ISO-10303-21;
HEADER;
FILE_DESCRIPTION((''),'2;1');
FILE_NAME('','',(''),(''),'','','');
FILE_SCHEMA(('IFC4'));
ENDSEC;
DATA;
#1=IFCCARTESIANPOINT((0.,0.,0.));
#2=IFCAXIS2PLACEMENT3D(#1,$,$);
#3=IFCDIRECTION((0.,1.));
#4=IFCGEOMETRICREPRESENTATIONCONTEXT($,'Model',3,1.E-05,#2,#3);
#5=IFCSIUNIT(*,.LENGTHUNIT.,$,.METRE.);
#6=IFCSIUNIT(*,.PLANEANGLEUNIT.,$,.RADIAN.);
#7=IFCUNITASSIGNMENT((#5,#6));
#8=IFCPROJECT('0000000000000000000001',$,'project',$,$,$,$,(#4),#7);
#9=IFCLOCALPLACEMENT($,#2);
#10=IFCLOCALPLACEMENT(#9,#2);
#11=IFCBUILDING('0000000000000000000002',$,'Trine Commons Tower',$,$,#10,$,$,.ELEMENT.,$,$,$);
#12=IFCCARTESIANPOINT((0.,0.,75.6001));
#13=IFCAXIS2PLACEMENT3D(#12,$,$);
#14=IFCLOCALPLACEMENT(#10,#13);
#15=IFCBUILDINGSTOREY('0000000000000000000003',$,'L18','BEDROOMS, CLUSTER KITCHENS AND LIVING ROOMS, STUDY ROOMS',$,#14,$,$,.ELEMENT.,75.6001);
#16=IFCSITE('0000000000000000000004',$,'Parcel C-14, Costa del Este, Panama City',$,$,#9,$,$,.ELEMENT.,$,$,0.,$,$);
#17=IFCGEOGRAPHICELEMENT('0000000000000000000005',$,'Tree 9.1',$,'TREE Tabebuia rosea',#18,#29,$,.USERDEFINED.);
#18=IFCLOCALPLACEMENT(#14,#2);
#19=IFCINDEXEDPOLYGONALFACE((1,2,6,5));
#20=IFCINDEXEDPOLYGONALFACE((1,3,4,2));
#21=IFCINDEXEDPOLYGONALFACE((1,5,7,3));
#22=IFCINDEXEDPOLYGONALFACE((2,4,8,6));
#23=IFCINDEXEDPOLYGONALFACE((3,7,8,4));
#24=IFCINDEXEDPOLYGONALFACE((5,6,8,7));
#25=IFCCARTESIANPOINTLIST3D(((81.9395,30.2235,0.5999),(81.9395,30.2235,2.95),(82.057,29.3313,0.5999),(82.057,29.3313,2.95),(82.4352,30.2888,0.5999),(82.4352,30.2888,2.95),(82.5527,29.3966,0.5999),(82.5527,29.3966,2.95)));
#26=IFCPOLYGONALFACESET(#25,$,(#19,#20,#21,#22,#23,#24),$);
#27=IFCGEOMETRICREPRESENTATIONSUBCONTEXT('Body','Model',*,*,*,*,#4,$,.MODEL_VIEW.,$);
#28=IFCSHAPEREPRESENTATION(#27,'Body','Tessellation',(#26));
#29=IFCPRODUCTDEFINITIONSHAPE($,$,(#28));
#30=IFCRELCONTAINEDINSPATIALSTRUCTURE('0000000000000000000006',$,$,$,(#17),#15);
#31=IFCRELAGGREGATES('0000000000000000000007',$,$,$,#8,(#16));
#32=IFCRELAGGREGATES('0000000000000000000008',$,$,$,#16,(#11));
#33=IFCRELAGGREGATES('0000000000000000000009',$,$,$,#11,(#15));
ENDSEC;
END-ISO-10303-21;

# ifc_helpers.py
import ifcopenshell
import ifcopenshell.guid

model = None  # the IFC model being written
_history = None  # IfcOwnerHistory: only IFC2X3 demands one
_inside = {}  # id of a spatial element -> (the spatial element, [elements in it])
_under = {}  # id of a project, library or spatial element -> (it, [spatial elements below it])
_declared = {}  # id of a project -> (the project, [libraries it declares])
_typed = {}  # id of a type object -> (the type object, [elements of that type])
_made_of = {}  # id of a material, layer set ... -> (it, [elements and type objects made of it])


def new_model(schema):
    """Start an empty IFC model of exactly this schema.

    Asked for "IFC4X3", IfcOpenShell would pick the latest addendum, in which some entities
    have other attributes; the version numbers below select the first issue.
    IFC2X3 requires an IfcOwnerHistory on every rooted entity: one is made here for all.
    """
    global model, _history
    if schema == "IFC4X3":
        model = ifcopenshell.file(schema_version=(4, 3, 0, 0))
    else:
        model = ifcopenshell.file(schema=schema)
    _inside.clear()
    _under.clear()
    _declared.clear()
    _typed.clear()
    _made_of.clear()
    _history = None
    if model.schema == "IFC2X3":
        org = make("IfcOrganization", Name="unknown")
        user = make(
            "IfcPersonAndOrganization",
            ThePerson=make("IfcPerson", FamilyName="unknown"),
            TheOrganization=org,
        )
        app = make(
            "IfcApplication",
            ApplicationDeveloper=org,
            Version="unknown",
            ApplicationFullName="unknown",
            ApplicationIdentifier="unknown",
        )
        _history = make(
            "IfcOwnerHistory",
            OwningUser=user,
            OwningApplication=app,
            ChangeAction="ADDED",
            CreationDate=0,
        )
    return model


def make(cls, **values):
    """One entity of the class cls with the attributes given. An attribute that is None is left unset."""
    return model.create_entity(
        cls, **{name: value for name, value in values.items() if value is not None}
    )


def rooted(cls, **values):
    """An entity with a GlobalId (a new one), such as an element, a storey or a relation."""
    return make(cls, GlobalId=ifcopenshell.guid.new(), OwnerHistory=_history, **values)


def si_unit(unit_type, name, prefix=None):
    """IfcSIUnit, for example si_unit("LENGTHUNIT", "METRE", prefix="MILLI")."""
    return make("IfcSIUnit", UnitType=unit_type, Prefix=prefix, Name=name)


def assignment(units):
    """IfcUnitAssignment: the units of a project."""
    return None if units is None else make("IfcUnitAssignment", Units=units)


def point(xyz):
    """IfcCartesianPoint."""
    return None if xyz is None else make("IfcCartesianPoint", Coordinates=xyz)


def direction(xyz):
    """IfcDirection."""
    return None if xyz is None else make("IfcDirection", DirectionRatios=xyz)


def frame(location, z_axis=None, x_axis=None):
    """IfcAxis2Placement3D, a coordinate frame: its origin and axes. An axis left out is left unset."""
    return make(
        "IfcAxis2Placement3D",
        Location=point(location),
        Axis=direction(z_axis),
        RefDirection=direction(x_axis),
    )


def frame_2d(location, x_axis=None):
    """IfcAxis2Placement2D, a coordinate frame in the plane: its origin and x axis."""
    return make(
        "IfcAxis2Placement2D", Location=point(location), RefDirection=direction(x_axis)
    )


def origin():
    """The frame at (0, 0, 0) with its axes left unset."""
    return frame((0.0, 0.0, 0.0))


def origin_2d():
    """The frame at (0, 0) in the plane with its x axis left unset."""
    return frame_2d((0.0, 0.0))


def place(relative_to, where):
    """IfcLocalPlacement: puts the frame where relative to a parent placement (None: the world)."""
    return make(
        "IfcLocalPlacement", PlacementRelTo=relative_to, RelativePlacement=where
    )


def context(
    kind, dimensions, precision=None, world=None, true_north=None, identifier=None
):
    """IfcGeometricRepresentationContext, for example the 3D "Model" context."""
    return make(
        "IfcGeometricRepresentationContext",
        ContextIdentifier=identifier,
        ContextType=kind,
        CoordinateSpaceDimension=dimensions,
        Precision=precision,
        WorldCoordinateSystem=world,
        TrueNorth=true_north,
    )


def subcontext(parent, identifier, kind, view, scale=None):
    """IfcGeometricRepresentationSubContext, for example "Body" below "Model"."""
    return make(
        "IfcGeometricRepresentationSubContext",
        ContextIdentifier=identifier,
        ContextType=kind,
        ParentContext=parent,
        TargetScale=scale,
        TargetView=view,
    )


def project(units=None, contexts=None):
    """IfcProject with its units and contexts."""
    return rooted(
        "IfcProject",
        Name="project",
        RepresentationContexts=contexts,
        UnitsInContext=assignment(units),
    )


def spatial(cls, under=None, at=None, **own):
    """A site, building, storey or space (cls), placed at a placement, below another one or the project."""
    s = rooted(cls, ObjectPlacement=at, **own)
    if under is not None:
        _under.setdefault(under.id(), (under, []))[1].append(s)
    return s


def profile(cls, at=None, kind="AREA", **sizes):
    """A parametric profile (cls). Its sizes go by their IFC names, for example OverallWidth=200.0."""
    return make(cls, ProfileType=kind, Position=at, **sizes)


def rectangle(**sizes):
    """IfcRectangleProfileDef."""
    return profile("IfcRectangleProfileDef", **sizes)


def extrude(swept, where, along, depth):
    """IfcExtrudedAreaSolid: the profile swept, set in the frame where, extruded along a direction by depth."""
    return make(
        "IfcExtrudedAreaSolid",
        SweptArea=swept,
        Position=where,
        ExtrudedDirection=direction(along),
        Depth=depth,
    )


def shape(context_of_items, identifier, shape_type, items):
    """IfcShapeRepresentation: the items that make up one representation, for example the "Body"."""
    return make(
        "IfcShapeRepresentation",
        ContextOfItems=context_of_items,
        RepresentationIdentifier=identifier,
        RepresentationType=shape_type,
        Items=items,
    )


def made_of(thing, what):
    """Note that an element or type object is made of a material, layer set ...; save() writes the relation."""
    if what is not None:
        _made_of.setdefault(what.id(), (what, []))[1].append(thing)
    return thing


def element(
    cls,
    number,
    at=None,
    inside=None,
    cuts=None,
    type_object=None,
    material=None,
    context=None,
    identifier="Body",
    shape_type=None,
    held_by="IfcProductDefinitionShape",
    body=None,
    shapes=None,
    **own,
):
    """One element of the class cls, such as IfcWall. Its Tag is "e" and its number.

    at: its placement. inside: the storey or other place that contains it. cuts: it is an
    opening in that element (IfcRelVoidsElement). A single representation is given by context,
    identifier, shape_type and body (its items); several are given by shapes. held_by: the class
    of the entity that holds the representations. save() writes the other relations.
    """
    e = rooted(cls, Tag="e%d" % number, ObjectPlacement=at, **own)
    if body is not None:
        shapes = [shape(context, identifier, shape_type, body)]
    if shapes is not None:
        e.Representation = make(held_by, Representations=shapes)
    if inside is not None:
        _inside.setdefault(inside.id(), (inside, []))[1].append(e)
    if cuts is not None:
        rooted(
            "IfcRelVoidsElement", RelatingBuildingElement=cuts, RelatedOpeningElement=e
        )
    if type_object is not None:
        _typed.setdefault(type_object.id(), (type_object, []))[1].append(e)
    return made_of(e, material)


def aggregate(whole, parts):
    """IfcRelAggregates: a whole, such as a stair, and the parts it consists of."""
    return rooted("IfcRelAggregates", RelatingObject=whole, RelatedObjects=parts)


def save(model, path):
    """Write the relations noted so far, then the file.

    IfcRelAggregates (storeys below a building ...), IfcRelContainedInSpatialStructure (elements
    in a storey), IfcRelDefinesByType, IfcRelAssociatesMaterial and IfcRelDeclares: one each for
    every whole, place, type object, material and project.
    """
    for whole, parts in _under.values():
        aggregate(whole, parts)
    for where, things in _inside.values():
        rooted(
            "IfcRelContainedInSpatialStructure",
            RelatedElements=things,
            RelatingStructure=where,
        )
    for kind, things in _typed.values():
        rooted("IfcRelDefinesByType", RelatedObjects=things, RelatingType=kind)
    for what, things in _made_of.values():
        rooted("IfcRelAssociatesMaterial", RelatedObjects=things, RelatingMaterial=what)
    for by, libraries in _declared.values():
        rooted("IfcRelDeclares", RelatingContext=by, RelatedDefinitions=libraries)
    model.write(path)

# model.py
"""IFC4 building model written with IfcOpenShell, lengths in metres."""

from ifc_helpers import new_model, si_unit, direction, frame, origin, origin_2d, place, context, subcontext, project, spatial, rectangle, extrude, element, save


model = new_model("IFC4")

# Units and contexts
model_context = context("Model", 3, precision=1e-05, world=origin(), true_north=direction((0.0, 1.0)))
body_context = subcontext(model_context, "Body", "Model", "MODEL_VIEW")
ifc_project = project(units=[si_unit("LENGTHUNIT", "METRE"), si_unit("PLANEANGLEUNIT", "RADIAN")], contexts=[model_context])

# Site, building, storey
site_placement = place(None, origin())
site = spatial("IfcSite", under=ifc_project, at=site_placement, Name="Parcel C-14, Costa del Este, Panama City", CompositionType="ELEMENT", RefElevation=0.0)
building_placement = place(site_placement, origin())
building = spatial("IfcBuilding", under=site, at=building_placement, Name="Trine Commons Tower", CompositionType="ELEMENT")
storey_placement = place(building_placement, frame((0.0, 0.0, 75.6001)))
storey = spatial("IfcBuildingStorey", under=building, at=storey_placement, Name="L18", Description="BEDROOMS, CLUSTER KITCHENS AND LIVING ROOMS, STUDY ROOMS", CompositionType="ELEMENT", Elevation=75.6001)

# Geographic element
for number, where, z_axis, x_axis, name in (
    (1, (82.2461, 29.8101, 0.5999), (0.0, 0.0, 1.0), (0.130547, -0.991442, 0.0), "Tree 9.1"),
):
    element("IfcGeographicElement", number, at=place(storey_placement, frame(where, z_axis=z_axis, x_axis=x_axis)), inside=storey, Name=name, ObjectType="TREE Tabebuia rosea", PredefinedType="USERDEFINED", context=body_context, shape_type="SweptSolid", body=[
        extrude(rectangle(XDim=0.8999, YDim=0.5, at=origin_2d()), origin(), (0.0, 0.0, 1.0), 2.3501),
    ])

save(model, "model.ifc")
